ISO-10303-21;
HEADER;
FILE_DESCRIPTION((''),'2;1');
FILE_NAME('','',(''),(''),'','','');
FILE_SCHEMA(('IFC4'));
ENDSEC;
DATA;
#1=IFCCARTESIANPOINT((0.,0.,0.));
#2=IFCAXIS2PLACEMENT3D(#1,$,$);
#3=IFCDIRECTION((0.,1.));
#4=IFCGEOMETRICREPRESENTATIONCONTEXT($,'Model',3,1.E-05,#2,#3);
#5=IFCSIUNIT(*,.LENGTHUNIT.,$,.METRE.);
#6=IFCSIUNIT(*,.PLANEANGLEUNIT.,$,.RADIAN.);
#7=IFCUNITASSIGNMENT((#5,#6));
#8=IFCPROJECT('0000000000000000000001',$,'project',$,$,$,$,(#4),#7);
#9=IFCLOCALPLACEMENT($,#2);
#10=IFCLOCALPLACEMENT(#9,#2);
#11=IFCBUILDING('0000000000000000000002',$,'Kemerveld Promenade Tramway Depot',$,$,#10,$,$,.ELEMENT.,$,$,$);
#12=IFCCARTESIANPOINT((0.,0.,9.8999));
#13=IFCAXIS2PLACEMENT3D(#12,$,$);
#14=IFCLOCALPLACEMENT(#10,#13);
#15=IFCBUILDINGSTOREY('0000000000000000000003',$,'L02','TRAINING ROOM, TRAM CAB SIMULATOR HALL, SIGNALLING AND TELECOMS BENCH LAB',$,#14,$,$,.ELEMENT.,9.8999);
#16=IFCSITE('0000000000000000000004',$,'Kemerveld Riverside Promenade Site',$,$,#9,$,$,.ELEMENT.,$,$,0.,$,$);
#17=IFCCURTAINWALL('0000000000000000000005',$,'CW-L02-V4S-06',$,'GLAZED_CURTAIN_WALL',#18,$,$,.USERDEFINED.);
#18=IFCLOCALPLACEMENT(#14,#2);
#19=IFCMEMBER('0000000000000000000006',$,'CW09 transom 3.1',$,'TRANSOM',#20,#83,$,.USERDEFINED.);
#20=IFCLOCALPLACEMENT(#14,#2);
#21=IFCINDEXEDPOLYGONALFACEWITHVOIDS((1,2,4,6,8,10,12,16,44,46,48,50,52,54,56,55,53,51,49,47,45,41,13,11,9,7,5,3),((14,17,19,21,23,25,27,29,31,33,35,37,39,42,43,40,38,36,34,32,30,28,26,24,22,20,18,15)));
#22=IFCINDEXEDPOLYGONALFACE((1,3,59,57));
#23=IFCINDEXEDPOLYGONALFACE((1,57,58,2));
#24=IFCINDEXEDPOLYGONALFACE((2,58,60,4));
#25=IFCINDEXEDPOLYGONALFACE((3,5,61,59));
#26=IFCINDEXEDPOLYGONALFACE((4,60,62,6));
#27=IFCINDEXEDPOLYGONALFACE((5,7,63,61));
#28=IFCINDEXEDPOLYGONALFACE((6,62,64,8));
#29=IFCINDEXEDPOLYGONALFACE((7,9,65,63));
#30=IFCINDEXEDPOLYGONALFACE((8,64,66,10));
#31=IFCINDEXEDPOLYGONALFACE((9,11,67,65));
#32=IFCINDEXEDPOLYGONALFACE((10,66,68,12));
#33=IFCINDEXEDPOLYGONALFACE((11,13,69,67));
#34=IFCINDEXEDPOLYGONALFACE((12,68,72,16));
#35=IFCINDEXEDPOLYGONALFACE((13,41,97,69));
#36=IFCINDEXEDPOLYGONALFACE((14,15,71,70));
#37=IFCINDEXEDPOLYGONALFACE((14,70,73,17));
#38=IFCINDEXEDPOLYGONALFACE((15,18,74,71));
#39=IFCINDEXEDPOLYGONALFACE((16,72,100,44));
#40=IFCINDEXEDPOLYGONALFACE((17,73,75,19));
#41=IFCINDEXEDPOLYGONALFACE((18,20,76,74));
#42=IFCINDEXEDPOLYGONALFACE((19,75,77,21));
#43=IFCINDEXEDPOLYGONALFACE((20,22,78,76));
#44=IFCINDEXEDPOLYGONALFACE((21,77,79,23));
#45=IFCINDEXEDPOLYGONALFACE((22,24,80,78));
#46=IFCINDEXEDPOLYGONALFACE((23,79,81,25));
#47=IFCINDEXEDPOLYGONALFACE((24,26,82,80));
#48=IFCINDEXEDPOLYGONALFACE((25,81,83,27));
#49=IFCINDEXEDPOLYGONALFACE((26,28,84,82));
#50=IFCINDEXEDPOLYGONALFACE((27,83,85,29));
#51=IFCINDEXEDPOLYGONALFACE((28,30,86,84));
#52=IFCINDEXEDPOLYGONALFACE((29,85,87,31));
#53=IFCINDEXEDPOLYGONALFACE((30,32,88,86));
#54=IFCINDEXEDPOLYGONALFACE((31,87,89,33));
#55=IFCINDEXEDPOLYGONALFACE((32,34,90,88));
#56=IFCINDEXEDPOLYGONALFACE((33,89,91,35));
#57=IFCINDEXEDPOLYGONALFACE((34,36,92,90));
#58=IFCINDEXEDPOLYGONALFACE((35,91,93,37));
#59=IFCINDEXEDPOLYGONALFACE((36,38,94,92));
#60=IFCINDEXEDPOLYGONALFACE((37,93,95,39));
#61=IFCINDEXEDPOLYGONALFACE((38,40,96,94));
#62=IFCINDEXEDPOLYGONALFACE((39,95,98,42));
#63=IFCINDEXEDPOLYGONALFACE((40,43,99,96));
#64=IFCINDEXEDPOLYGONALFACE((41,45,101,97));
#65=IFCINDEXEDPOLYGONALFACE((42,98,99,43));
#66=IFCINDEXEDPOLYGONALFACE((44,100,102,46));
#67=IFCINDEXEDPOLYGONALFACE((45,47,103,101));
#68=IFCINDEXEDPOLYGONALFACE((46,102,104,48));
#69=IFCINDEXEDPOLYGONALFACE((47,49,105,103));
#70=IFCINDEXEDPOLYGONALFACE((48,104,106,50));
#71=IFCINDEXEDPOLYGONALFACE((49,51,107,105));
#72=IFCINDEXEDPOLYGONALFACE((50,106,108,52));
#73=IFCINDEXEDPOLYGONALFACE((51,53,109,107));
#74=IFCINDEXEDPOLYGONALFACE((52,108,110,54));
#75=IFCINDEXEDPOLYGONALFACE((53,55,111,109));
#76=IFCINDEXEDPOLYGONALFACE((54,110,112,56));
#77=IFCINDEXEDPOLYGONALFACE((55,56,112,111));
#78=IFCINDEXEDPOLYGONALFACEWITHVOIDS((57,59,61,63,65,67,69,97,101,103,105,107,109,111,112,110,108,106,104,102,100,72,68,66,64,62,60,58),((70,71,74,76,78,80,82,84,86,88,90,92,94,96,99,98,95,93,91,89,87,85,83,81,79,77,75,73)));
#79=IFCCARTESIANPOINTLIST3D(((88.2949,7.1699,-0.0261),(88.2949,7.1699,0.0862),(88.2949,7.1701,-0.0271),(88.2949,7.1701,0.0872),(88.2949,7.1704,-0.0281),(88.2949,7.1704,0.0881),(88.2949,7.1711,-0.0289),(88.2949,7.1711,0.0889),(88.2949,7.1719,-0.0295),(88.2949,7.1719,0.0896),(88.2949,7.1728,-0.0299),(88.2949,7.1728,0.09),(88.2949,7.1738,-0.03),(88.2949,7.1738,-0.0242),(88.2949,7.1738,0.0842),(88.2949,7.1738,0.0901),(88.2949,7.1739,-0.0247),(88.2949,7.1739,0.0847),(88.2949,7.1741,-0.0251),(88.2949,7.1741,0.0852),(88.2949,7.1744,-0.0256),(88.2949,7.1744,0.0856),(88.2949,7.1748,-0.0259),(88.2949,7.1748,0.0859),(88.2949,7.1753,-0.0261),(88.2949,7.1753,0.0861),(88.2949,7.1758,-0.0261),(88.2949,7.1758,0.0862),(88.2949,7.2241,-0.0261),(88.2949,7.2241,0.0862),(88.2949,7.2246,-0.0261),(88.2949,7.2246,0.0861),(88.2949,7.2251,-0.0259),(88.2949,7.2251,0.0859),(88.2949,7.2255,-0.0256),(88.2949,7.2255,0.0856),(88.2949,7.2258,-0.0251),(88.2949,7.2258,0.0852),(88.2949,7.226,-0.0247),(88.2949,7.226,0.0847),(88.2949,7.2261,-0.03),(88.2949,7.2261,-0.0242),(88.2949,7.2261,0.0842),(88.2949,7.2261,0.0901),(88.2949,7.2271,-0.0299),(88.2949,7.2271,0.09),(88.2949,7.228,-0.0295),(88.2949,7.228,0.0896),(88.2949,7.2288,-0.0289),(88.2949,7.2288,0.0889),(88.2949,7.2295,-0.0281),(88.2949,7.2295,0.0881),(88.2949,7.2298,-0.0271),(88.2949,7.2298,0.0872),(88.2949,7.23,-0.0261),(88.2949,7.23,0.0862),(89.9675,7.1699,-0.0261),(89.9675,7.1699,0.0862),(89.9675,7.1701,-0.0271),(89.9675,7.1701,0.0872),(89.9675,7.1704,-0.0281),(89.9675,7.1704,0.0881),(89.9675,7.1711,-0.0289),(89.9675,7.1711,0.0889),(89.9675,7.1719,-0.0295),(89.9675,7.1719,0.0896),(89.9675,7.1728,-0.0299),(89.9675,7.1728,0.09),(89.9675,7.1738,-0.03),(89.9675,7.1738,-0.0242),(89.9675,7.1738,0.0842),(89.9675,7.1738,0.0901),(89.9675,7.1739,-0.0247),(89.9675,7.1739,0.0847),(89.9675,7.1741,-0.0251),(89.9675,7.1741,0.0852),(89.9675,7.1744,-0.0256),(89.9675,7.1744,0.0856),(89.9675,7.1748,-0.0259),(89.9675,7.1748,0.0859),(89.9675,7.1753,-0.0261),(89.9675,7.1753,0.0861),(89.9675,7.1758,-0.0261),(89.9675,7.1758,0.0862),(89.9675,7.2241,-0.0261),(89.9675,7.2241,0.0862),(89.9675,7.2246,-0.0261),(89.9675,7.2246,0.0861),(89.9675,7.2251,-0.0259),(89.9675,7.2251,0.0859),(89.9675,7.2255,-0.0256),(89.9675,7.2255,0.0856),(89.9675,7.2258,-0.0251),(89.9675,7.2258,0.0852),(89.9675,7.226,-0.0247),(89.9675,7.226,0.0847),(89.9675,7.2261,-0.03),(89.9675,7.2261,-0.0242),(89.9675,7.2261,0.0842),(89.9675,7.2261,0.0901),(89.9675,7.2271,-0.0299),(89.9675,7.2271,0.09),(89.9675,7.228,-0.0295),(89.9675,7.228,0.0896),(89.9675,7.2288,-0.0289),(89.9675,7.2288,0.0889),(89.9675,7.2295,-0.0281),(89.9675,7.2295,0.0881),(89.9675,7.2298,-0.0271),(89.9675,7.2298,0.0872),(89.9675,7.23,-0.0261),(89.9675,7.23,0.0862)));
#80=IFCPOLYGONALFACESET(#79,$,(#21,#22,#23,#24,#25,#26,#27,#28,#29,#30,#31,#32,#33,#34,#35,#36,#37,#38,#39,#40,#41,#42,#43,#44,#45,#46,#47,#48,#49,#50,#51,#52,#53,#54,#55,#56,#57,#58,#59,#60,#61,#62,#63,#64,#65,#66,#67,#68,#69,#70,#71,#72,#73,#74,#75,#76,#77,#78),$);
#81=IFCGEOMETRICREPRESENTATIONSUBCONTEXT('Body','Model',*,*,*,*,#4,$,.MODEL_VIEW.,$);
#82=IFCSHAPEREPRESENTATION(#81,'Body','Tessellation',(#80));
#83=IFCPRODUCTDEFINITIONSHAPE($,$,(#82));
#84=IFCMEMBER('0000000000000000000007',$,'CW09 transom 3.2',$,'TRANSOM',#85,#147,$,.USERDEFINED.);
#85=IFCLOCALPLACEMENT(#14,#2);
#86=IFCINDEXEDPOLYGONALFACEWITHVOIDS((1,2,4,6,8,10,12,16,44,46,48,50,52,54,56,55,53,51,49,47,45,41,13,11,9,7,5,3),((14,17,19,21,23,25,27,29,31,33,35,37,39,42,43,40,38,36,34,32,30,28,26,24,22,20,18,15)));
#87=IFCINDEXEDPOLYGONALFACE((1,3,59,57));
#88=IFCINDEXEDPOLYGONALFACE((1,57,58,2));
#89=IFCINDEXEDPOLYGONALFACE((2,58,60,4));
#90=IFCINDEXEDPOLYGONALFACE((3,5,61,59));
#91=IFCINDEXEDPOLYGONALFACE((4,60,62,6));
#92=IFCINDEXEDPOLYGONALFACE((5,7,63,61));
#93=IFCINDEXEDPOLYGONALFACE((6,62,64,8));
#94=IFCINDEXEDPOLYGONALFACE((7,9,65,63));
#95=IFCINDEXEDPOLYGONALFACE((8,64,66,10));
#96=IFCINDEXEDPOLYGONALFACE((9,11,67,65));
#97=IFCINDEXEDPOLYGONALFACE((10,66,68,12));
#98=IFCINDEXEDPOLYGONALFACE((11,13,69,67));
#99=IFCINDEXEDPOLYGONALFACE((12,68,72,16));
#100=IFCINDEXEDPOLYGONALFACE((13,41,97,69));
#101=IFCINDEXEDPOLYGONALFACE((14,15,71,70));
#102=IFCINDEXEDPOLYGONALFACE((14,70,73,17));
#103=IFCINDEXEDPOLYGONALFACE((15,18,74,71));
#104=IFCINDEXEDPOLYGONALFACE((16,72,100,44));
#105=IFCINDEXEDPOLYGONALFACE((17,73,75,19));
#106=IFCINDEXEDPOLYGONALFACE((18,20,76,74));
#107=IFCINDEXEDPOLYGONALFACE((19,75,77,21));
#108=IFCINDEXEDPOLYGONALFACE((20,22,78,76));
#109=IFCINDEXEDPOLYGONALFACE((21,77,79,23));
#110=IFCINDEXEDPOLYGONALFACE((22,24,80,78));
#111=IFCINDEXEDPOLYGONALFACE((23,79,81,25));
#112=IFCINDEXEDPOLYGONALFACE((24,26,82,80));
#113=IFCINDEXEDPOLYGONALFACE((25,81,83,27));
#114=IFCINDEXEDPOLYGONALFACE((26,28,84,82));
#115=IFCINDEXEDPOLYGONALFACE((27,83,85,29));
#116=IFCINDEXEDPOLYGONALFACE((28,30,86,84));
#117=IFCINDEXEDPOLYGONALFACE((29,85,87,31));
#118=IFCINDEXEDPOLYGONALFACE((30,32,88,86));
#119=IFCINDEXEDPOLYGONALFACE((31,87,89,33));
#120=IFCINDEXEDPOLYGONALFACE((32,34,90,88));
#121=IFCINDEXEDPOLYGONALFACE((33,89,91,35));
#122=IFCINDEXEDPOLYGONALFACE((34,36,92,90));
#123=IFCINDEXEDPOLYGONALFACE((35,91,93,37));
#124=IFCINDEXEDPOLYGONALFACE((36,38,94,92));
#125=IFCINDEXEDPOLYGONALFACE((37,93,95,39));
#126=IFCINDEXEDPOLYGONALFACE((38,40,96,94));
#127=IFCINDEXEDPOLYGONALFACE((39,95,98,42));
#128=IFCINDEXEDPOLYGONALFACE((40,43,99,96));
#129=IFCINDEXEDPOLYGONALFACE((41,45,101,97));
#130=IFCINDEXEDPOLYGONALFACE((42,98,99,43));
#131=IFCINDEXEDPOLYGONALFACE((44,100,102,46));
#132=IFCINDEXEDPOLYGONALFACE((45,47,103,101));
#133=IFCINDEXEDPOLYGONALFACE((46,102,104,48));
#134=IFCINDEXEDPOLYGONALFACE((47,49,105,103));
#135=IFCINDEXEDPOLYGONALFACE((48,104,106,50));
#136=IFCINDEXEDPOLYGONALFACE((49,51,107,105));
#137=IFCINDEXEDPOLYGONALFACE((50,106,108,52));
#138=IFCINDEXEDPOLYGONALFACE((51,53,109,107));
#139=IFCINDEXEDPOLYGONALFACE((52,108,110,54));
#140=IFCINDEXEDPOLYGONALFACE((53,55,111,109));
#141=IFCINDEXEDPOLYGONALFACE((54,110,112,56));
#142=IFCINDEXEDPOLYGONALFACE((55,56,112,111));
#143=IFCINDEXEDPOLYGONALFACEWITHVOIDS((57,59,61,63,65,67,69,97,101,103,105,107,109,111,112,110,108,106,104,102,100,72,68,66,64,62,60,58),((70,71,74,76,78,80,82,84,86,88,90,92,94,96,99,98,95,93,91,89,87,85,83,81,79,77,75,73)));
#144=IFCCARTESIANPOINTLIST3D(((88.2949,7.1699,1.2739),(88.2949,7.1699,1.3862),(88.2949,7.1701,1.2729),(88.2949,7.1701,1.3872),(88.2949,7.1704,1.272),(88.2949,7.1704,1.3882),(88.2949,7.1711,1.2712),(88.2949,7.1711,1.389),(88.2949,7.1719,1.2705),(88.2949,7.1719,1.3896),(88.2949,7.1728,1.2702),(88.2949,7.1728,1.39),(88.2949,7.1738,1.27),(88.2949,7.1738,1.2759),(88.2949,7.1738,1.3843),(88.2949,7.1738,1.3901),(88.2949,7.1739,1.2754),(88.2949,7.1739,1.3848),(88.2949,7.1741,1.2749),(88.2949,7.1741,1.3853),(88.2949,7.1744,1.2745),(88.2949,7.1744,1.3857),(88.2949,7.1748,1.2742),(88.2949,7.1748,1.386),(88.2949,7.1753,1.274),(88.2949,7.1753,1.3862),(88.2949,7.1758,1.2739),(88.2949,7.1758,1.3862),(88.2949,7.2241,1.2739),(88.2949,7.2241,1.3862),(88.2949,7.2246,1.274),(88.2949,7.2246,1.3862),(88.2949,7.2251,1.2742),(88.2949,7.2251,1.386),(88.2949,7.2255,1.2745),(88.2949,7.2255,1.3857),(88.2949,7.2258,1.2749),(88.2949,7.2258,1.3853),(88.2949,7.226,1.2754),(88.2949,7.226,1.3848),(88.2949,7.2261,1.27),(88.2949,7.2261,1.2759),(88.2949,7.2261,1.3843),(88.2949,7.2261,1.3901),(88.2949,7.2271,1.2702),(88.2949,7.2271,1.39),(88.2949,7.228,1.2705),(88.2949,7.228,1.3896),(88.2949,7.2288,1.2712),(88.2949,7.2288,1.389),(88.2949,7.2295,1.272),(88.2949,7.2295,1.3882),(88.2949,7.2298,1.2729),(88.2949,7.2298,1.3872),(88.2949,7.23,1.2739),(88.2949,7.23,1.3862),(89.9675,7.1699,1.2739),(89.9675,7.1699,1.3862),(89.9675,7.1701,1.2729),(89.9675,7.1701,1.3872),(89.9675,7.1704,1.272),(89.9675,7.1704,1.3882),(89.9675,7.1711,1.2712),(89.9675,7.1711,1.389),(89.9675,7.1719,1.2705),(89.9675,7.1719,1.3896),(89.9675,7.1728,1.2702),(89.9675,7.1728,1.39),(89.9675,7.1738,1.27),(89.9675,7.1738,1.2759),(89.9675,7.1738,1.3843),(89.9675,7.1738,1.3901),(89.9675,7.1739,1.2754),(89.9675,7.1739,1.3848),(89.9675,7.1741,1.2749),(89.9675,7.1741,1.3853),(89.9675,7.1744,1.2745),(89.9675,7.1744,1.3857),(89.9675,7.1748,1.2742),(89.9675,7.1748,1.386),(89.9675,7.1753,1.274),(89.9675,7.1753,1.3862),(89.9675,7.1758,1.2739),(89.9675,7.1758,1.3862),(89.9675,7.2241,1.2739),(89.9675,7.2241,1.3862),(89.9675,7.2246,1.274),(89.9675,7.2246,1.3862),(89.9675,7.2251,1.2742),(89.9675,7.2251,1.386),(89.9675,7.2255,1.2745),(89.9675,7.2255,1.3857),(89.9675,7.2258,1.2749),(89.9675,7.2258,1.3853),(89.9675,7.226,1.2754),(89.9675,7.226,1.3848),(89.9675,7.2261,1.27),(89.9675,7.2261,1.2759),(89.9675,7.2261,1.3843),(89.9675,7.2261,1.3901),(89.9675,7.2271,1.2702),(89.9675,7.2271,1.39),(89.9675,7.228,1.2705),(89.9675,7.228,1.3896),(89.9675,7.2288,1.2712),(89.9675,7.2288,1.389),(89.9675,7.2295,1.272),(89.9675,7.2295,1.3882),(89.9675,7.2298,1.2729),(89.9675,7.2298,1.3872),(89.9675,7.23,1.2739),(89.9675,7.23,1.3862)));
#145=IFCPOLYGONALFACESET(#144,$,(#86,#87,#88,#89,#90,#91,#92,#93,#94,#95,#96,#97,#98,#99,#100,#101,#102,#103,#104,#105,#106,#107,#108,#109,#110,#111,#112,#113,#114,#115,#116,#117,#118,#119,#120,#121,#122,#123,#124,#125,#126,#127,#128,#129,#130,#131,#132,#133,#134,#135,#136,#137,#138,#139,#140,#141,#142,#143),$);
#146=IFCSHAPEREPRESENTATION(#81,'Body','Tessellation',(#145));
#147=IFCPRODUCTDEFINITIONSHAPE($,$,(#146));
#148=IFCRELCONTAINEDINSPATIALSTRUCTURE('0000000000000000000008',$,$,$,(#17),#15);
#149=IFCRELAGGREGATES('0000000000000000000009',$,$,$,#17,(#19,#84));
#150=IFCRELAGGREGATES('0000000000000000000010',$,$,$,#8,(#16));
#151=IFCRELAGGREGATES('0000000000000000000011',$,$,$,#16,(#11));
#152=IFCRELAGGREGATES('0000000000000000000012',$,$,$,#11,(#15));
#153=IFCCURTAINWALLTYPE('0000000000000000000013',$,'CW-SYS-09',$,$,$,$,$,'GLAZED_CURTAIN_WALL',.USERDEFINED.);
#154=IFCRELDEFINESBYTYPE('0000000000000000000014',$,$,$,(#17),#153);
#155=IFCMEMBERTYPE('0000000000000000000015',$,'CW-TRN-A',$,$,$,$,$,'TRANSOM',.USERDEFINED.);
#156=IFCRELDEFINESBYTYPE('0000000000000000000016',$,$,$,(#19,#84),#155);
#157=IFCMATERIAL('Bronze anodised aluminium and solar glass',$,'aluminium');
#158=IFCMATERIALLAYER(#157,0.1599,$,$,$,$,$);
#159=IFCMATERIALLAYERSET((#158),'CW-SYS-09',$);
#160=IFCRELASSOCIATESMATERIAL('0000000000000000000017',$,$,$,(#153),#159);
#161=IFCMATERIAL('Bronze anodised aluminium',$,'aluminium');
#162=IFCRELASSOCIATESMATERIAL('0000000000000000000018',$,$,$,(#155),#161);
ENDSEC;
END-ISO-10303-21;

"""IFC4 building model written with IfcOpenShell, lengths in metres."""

from ifc_helpers import new_model, si_unit, direction, frame, origin, origin_2d, place, context, subcontext, project, spatial, hollow_rectangle, extrude, material, layer, layer_set, material_profile, profile_set, type_object, element, aggregate, save


model = new_model("IFC4")

# Units and contexts
model_context = context("Model", 3, precision=1e-05, world=origin(), true_north=direction((0.0, 1.0)))
body_context = subcontext(model_context, "Body", "Model", "MODEL_VIEW")
ifc_project = project(units=[si_unit("LENGTHUNIT", "METRE"), si_unit("PLANEANGLEUNIT", "RADIAN")], contexts=[model_context])

# Site, building, storey
site_placement = place(None, origin())
site = spatial("IfcSite", under=ifc_project, at=site_placement, Name="Kemerveld Riverside Promenade Site", CompositionType="ELEMENT", RefElevation=0.0)
building_placement = place(site_placement, origin())
building = spatial("IfcBuilding", under=site, at=building_placement, Name="Kemerveld Promenade Tramway Depot", CompositionType="ELEMENT")
storey_placement = place(building_placement, frame((0.0, 0.0, 9.8999)))
storey = spatial("IfcBuildingStorey", under=building, at=storey_placement, Name="L02", Description="TRAINING ROOM, TRAM CAB SIMULATOR HALL, SIGNALLING AND TELECOMS BENCH LAB", CompositionType="ELEMENT", Elevation=9.8999)

# Curtain wall, members
ifc_material_1 = material(Name="Bronze anodised aluminium and solar glass", Category="aluminium")
ifc_layer_1 = layer(ifc_material_1, 0.1599)
ifc_layer_set_1 = layer_set([ifc_layer_1], Name="CW-SYS-09")
curtain_wall_type = type_object("IfcCurtainWallType", Name="CW-SYS-09", ElementType="GLAZED_CURTAIN_WALL", PredefinedType="USERDEFINED", material=ifc_layer_set_1)
curtain_wall_placement = place(storey_placement, origin())
curtain_wall = element("IfcCurtainWall", 1, at=curtain_wall_placement, inside=storey, type_object=curtain_wall_type, Name="CW-L02-V4S-06", ObjectType="GLAZED_CURTAIN_WALL", PredefinedType="USERDEFINED")
ifc_material_2 = material(Name="Bronze anodised aluminium", Category="aluminium")
ifc_material_profile_1 = material_profile(ifc_material_2, hollow_rectangle(XDim=0.0601, YDim=0.1201, WallThickness=0.0039, InnerFilletRadius=0.002, OuterFilletRadius=0.0039, at=origin_2d()), Name="CW-TRN-120x60")
ifc_profile_set_1 = profile_set([ifc_material_profile_1], Name="Bronze anodised aluminium")
member_type_1 = type_object("IfcMemberType", Name="CW-TRN-A", ElementType="TRANSOM", PredefinedType="USERDEFINED", material=ifc_profile_set_1)
member_1_placement = place(storey_placement, frame((89.9675, 7.2, 0.03), z_axis=(-1.0, 0.0, 0.0), x_axis=(0.0, -1.0, 0.0)))
member_1 = element("IfcMember", 2, at=member_1_placement, type_object=member_type_1, Name="CW09 transom 3.1", ObjectType="TRANSOM", PredefinedType="USERDEFINED", context=body_context, shape_type="SweptSolid", body=[
    extrude(hollow_rectangle(XDim=0.0601, YDim=0.1201, WallThickness=0.0039, InnerFilletRadius=0.002, OuterFilletRadius=0.0039, at=origin_2d()), origin(), (0.0, 0.0, 1.0), 1.6726),
])
member_2_placement = place(storey_placement, frame((89.9675, 7.2, 1.3301), z_axis=(-1.0, 0.0, 0.0), x_axis=(0.0, -1.0, 0.0)))
member_2 = element("IfcMember", 3, at=member_2_placement, type_object=member_type_1, Name="CW09 transom 3.2", ObjectType="TRANSOM", PredefinedType="USERDEFINED", context=body_context, shape_type="SweptSolid", body=[
    extrude(hollow_rectangle(XDim=0.0601, YDim=0.1201, WallThickness=0.0039, InnerFilletRadius=0.002, OuterFilletRadius=0.0039, at=origin_2d()), origin(), (0.0, 0.0, 1.0), 1.6726),
])
aggregate(curtain_wall, [member_1, member_2])

save(model, "model.ifc")
